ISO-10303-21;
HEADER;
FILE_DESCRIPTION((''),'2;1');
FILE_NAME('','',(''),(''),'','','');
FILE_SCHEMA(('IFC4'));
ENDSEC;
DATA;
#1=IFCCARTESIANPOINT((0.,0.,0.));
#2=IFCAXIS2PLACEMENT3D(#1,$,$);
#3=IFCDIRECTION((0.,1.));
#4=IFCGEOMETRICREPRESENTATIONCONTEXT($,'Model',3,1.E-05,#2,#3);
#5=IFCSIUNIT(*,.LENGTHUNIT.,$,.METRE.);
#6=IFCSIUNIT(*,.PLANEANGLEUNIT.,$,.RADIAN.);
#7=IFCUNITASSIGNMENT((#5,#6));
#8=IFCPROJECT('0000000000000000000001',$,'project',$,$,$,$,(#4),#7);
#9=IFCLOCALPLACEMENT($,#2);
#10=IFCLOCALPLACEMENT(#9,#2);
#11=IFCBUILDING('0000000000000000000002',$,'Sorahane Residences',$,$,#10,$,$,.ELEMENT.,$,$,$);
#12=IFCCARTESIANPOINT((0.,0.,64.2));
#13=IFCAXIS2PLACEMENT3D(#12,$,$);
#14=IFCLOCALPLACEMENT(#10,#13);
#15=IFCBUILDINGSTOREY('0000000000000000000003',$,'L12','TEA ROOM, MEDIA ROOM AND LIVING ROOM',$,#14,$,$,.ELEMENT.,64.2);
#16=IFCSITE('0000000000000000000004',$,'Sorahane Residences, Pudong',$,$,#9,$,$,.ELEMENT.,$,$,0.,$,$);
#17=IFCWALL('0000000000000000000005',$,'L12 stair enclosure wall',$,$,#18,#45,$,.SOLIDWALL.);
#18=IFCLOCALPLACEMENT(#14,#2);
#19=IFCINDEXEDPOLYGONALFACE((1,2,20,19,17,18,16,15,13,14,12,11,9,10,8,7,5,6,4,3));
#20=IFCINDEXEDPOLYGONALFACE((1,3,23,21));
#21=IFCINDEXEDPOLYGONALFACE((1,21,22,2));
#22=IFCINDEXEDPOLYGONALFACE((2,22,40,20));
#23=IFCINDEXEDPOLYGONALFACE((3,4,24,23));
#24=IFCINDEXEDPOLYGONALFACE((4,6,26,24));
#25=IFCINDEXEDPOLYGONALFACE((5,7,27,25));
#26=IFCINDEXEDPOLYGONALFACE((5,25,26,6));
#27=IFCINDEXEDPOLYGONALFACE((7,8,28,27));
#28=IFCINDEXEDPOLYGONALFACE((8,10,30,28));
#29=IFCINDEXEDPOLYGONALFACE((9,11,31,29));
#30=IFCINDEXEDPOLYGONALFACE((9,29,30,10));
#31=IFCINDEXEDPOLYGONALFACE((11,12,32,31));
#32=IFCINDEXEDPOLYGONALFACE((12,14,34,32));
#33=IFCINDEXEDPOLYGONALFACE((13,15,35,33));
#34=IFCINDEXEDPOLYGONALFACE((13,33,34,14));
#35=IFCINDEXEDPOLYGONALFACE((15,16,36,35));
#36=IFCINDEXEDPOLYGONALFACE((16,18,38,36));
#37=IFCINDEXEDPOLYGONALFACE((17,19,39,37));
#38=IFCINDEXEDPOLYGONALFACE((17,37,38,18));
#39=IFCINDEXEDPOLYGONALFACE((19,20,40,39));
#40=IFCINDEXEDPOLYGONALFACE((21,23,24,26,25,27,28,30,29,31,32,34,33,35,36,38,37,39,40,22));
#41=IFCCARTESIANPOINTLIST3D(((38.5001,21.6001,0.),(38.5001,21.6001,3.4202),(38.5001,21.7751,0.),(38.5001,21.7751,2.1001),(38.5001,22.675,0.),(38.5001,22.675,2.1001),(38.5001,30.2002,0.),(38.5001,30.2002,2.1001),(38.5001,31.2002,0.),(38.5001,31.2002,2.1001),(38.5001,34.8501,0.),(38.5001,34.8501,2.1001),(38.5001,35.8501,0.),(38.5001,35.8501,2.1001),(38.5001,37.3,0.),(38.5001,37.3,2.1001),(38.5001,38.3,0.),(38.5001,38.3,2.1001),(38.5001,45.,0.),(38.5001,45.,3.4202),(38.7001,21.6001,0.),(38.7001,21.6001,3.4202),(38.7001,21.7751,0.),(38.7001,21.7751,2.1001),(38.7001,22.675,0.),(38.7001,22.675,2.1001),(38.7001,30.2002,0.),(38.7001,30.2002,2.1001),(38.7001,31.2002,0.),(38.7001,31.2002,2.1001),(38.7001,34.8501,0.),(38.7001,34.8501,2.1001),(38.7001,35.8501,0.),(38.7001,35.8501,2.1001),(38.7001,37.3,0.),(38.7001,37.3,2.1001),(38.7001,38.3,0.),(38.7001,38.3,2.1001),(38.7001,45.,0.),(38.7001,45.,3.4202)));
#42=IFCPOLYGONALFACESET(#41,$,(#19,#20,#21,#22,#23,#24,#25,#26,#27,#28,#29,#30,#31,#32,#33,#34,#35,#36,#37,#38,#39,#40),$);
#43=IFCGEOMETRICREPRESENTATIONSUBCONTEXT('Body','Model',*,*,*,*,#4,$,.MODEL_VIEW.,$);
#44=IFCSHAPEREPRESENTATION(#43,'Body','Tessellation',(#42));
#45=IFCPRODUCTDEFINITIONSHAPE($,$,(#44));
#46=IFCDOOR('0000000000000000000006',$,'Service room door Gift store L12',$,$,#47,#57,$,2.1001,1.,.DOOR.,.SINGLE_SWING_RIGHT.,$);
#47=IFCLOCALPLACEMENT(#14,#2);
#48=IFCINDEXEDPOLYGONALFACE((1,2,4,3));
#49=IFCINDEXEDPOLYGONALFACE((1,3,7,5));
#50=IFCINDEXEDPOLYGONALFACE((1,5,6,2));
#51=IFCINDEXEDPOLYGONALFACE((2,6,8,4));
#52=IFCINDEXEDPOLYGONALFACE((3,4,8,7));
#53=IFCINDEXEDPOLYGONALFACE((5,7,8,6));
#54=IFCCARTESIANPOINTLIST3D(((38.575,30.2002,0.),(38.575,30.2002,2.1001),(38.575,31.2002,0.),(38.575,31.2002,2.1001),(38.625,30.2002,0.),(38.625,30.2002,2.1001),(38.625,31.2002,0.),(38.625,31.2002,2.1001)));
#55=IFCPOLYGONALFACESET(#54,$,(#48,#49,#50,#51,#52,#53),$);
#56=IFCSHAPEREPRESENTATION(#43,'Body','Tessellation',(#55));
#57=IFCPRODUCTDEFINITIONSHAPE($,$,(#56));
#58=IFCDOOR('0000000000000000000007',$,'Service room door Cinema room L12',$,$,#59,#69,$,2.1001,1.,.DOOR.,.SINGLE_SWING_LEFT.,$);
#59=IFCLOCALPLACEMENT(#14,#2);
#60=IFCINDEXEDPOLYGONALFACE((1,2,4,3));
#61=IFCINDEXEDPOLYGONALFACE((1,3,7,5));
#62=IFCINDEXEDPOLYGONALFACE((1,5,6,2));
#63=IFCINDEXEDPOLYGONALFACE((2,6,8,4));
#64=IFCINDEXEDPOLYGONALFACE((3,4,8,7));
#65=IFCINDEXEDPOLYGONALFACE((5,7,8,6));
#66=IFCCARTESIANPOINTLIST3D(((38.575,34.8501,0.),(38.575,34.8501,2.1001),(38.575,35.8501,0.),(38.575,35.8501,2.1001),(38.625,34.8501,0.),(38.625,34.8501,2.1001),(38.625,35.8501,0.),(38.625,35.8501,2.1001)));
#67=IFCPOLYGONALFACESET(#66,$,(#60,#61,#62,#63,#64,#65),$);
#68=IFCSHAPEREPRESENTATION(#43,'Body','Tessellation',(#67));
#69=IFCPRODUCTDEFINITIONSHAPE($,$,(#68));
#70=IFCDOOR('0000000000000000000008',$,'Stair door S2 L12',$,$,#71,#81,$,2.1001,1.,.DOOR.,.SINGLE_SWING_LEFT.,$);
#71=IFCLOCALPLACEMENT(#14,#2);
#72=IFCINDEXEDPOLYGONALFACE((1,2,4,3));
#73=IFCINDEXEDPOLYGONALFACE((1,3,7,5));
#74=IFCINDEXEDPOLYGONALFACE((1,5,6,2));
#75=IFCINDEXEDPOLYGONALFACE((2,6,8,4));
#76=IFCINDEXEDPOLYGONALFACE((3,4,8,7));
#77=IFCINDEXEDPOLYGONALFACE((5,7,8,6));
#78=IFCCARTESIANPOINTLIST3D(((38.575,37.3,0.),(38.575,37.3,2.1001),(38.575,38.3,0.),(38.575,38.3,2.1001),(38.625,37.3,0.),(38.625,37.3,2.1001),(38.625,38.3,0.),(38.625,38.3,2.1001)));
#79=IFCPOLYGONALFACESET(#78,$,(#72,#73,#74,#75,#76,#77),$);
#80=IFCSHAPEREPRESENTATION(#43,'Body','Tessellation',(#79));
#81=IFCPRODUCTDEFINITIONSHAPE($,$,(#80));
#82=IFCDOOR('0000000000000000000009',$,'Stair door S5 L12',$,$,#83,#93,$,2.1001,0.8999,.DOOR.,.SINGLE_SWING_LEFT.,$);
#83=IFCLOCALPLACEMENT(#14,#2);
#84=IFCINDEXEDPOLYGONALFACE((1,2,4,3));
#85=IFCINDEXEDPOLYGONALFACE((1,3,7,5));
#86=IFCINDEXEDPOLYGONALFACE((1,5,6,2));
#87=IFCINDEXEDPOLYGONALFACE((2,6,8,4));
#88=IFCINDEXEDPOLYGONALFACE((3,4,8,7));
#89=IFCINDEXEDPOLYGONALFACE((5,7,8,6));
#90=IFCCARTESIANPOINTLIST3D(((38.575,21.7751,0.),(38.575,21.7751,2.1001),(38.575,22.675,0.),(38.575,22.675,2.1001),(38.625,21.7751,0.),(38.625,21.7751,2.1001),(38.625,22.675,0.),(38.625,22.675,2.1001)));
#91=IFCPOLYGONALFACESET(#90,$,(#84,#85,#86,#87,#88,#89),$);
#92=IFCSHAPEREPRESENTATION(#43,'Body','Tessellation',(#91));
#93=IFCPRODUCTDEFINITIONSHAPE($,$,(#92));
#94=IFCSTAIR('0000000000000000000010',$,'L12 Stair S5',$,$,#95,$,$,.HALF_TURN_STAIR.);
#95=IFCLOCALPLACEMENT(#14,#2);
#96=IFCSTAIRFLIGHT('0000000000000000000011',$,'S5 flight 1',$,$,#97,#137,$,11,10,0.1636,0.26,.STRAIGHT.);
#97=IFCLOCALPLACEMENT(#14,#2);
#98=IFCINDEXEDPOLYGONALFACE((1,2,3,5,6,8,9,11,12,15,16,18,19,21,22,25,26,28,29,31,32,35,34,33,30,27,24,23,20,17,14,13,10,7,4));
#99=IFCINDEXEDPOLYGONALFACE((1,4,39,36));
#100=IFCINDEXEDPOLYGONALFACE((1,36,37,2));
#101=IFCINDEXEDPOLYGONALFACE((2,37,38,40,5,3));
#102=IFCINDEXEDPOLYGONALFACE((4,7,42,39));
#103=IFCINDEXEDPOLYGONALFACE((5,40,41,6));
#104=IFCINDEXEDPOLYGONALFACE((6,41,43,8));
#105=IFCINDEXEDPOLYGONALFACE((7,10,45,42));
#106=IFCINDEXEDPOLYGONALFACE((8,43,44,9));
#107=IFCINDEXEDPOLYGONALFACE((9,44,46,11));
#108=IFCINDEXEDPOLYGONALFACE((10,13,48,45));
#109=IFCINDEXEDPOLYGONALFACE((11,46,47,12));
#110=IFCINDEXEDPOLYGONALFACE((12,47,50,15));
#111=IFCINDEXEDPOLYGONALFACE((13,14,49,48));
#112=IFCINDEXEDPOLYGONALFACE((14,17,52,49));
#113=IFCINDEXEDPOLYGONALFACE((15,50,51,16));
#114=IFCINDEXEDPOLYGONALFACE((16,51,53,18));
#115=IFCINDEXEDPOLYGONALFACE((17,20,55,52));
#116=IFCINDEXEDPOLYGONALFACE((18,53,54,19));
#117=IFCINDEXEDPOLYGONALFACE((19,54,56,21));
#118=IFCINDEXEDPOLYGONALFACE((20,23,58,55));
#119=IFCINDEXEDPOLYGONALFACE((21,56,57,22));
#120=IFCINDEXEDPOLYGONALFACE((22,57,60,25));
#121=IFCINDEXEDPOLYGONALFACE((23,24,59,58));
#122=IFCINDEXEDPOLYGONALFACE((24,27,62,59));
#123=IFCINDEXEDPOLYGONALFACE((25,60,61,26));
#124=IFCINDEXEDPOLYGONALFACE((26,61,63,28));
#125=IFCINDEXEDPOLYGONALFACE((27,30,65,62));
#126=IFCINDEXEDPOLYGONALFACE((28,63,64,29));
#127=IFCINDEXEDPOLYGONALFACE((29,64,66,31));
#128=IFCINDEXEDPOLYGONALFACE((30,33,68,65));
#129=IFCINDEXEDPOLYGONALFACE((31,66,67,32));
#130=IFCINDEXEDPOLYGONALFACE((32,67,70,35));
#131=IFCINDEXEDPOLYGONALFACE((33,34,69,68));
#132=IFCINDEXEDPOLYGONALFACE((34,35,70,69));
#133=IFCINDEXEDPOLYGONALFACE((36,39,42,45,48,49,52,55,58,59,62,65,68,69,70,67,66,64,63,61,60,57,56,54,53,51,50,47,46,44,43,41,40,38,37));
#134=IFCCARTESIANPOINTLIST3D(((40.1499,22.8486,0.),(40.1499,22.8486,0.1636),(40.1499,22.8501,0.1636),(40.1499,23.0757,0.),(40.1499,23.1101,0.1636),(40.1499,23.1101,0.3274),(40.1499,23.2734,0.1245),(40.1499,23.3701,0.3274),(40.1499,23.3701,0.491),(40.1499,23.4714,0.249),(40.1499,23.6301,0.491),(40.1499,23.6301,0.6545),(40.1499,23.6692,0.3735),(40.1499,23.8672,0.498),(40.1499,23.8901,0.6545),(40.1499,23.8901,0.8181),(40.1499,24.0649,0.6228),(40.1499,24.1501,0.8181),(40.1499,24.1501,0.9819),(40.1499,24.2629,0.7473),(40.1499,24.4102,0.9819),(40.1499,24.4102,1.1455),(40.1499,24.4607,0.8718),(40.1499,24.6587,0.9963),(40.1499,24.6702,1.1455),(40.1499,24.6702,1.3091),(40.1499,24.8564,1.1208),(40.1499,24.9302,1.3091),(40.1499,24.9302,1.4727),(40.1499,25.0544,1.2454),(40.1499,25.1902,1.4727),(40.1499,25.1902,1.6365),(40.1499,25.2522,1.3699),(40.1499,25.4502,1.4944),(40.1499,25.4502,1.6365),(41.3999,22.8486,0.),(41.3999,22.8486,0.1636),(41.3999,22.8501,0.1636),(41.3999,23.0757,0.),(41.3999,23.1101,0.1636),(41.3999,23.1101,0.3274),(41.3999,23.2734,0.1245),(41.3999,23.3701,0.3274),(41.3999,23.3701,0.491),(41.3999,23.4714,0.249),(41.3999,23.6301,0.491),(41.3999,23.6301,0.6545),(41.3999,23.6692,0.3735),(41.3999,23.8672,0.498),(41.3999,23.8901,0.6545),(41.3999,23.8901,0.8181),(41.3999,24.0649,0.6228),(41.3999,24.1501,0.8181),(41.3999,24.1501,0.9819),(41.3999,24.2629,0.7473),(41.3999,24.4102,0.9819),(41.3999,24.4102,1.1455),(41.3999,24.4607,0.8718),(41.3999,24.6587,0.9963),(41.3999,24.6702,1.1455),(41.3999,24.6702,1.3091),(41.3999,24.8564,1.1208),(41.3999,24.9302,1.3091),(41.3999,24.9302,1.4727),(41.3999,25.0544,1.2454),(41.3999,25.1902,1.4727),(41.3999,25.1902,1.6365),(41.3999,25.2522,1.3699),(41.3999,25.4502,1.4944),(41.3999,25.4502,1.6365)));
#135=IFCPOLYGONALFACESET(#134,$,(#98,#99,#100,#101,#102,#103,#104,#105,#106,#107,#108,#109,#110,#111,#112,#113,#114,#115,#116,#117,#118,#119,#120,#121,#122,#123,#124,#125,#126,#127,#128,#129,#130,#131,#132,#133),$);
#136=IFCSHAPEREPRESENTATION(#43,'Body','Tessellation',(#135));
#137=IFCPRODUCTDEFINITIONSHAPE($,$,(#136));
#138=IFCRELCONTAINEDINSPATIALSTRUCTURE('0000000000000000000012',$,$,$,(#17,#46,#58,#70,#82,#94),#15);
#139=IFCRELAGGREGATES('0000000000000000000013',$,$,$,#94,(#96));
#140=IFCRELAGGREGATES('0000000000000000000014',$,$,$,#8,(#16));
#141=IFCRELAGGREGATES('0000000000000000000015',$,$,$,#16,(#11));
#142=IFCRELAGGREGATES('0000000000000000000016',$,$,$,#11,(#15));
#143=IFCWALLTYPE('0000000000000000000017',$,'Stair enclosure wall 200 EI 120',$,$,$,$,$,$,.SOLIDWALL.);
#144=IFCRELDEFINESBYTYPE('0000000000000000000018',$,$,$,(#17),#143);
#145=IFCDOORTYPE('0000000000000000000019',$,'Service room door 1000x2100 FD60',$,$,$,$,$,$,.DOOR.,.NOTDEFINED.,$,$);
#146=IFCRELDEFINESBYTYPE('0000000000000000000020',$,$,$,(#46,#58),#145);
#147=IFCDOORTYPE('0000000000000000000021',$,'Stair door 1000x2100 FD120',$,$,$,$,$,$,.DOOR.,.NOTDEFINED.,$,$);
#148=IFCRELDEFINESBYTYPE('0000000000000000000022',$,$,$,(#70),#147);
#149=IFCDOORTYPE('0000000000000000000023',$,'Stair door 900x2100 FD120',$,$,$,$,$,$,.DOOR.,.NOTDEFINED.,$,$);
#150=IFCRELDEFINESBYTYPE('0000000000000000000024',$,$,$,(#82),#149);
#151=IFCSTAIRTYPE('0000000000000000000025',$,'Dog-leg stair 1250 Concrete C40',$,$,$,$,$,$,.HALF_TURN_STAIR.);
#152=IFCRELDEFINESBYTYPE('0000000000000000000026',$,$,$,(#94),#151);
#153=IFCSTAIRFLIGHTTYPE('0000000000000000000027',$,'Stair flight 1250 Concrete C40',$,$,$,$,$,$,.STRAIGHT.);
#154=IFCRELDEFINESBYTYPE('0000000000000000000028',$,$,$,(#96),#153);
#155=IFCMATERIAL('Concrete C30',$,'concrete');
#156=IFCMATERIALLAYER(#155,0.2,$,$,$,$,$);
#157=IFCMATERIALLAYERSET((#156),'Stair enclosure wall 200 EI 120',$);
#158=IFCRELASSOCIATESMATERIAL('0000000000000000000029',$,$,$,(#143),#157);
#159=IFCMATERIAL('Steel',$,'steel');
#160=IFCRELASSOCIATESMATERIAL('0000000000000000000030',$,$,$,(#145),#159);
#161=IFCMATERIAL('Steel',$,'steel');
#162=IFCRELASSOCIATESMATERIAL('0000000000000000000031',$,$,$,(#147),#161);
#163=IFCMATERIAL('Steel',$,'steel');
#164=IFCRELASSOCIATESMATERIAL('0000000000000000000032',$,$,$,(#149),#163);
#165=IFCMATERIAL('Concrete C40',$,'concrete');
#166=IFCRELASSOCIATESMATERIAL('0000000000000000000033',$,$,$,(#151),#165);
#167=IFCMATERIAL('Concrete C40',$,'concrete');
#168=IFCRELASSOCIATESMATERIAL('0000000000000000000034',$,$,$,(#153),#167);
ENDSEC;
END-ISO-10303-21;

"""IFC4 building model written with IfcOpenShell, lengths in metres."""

from ifc_helpers import new_model, si_unit, direction, frame, frame_2d, origin, place, context, subcontext, project, spatial, polyline, rectangle, outline, extrude, material, layer, layer_set, type_object, element, fill, aggregate, save


model = new_model("IFC4")

# Units and contexts
model_context = context("Model", 3, precision=1e-05, world=origin(), true_north=direction((0.0, 1.0)))
body_context = subcontext(model_context, "Body", "Model", "MODEL_VIEW")
ifc_project = project(units=[si_unit("LENGTHUNIT", "METRE"), si_unit("PLANEANGLEUNIT", "RADIAN")], contexts=[model_context])

# Site, building, storey
site_placement = place(None, origin())
site = spatial("IfcSite", under=ifc_project, at=site_placement, Name="Sorahane Residences, Pudong", CompositionType="ELEMENT", RefElevation=0.0)
building_placement = place(site_placement, origin())
building = spatial("IfcBuilding", under=site, at=building_placement, Name="Sorahane Residences", CompositionType="ELEMENT")
storey_placement = place(building_placement, frame((0.0, 0.0, 64.2)))
storey = spatial("IfcBuildingStorey", under=building, at=storey_placement, Name="L12", Description="TEA ROOM, MEDIA ROOM AND LIVING ROOM", CompositionType="ELEMENT", Elevation=64.2)

# Wall, openings, doors
ifc_material_1 = material(Name="Concrete C30", Category="concrete")
ifc_layer_1 = layer(ifc_material_1, 0.2)
ifc_layer_set_1 = layer_set([ifc_layer_1], Name="Stair enclosure wall 200 EI 120")
wall_type_1 = type_object("IfcWallType", Name="Stair enclosure wall 200 EI 120", PredefinedType="SOLIDWALL", material=ifc_layer_set_1)
wall_1_placement = place(storey_placement, frame((38.6001, 21.6001, 0.0), z_axis=(0.0, 0.0, 1.0), x_axis=(0.0, 1.0, 0.0)))
wall_1 = element("IfcWall", 1, at=wall_1_placement, inside=storey, type_object=wall_type_1, Name="L12 stair enclosure wall", PredefinedType="SOLIDWALL", context=body_context, shape_type="SweptSolid", body=[
    extrude(rectangle(XDim=23.3999, YDim=0.2, at=frame_2d((11.7, 0.0))), origin(), (0.0, 0.0, 1.0), 3.4202),
])
opening_1_placement = place(wall_1_placement, frame((8.6001, 0.0, 0.0)))
opening_1 = element("IfcOpeningElement", 2, at=opening_1_placement, cuts=wall_1, PredefinedType="OPENING", context=body_context, shape_type="SweptSolid", body=[
    extrude(rectangle(XDim=1.0, YDim=2.1001, at=frame_2d((0.5, 1.05))), frame((0.0, 0.1099, 0.0), z_axis=(0.0, -1.0, 0.0), x_axis=(1.0, 0.0, 0.0)), (0.0, 0.0, 1.0), 0.22),
])
opening_2_placement = place(wall_1_placement, frame((13.25, 0.0, 0.0)))
opening_2 = element("IfcOpeningElement", 3, at=opening_2_placement, cuts=wall_1, PredefinedType="OPENING", context=body_context, shape_type="SweptSolid", body=[
    extrude(rectangle(XDim=1.0, YDim=2.1001, at=frame_2d((0.5, 1.05))), frame((0.0, 0.1099, 0.0), z_axis=(0.0, -1.0, 0.0), x_axis=(1.0, 0.0, 0.0)), (0.0, 0.0, 1.0), 0.22),
])
opening_3_placement = place(wall_1_placement, frame((15.7, 0.0, 0.0)))
opening_3 = element("IfcOpeningElement", 4, at=opening_3_placement, cuts=wall_1, PredefinedType="OPENING", context=body_context, shape_type="SweptSolid", body=[
    extrude(rectangle(XDim=1.0, YDim=2.1001, at=frame_2d((0.5, 1.05))), frame((0.0, 0.1099, 0.0), z_axis=(0.0, -1.0, 0.0), x_axis=(1.0, 0.0, 0.0)), (0.0, 0.0, 1.0), 0.22),
])
opening_4_placement = place(wall_1_placement, frame((0.175, 0.0, 0.0)))
opening_4 = element("IfcOpeningElement", 5, at=opening_4_placement, cuts=wall_1, PredefinedType="OPENING", context=body_context, shape_type="SweptSolid", body=[
    extrude(rectangle(XDim=0.8999, YDim=2.1001, at=frame_2d((0.45, 1.05))), frame((0.0, 0.1099, 0.0), z_axis=(0.0, -1.0, 0.0), x_axis=(1.0, 0.0, 0.0)), (0.0, 0.0, 1.0), 0.22),
])
ifc_material_2 = material(Name="Steel", Category="steel")
door_type_1 = type_object("IfcDoorType", Name="Service room door 1000x2100 FD60", OperationType="NOTDEFINED", PredefinedType="DOOR", material=ifc_material_2)
door_1_placement = place(opening_1_placement, frame((1.0, 0.0, 0.0), z_axis=(0.0, 0.0, 1.0), x_axis=(-1.0, 0.0, 0.0)))
door_1 = element("IfcDoor", 6, at=door_1_placement, inside=storey, type_object=door_type_1, Name="Service room door Gift store L12", OperationType="SINGLE_SWING_RIGHT", OverallHeight=2.1001, OverallWidth=1.0, PredefinedType="DOOR", context=body_context, shape_type="SweptSolid", body=[
    extrude(rectangle(XDim=1.0, YDim=2.1001, at=frame_2d((0.5, 1.05))), frame((0.0, 0.0249, 0.0), z_axis=(0.0, -1.0, 0.0), x_axis=(1.0, 0.0, 0.0)), (0.0, 0.0, 1.0), 0.05),
])
fill(opening_1, door_1)
door_2_placement = place(opening_2_placement, frame((1.0, 0.0, 0.0), z_axis=(0.0, 0.0, 1.0), x_axis=(-1.0, 0.0, 0.0)))
door_2 = element("IfcDoor", 7, at=door_2_placement, inside=storey, type_object=door_type_1, Name="Service room door Cinema room L12", OperationType="SINGLE_SWING_LEFT", OverallHeight=2.1001, OverallWidth=1.0, PredefinedType="DOOR", context=body_context, shape_type="SweptSolid", body=[
    extrude(rectangle(XDim=1.0, YDim=2.1001, at=frame_2d((0.5, 1.05))), frame((0.0, 0.0249, 0.0), z_axis=(0.0, -1.0, 0.0), x_axis=(1.0, 0.0, 0.0)), (0.0, 0.0, 1.0), 0.05),
])
fill(opening_2, door_2)
ifc_material_3 = material(Name="Steel", Category="steel")
door_type_2 = type_object("IfcDoorType", Name="Stair door 1000x2100 FD120", OperationType="NOTDEFINED", PredefinedType="DOOR", material=ifc_material_3)
door_3_placement = place(opening_3_placement, frame((1.0, 0.0, 0.0), z_axis=(0.0, 0.0, 1.0), x_axis=(-1.0, 0.0, 0.0)))
door_3 = element("IfcDoor", 8, at=door_3_placement, inside=storey, type_object=door_type_2, Name="Stair door S2 L12", OperationType="SINGLE_SWING_LEFT", OverallHeight=2.1001, OverallWidth=1.0, PredefinedType="DOOR", context=body_context, shape_type="SweptSolid", body=[
    extrude(rectangle(XDim=1.0, YDim=2.1001, at=frame_2d((0.5, 1.05))), frame((0.0, 0.0249, 0.0), z_axis=(0.0, -1.0, 0.0), x_axis=(1.0, 0.0, 0.0)), (0.0, 0.0, 1.0), 0.05),
])
fill(opening_3, door_3)
ifc_material_4 = material(Name="Steel", Category="steel")
door_type_3 = type_object("IfcDoorType", Name="Stair door 900x2100 FD120", OperationType="NOTDEFINED", PredefinedType="DOOR", material=ifc_material_4)
door_4_placement = place(opening_4_placement, frame((0.8999, 0.0, 0.0), z_axis=(0.0, 0.0, 1.0), x_axis=(-1.0, 0.0, 0.0)))
door_4 = element("IfcDoor", 9, at=door_4_placement, inside=storey, type_object=door_type_3, Name="Stair door S5 L12", OperationType="SINGLE_SWING_LEFT", OverallHeight=2.1001, OverallWidth=0.8999, PredefinedType="DOOR", context=body_context, shape_type="SweptSolid", body=[
    extrude(rectangle(XDim=0.8999, YDim=2.1001, at=frame_2d((0.45, 1.05))), frame((0.0, 0.0249, 0.0), z_axis=(0.0, -1.0, 0.0), x_axis=(1.0, 0.0, 0.0)), (0.0, 0.0, 1.0), 0.05),
])
fill(opening_4, door_4)

# Stair, stair flight
ifc_material_5 = material(Name="Concrete C40", Category="concrete")
stair_type = type_object("IfcStairType", Name="Dog-leg stair 1250 Concrete C40", PredefinedType="HALF_TURN_STAIR", material=ifc_material_5)
stair_placement = place(storey_placement, origin())
stair = element("IfcStair", 10, at=stair_placement, inside=storey, type_object=stair_type, Name="L12 Stair S5", PredefinedType="HALF_TURN_STAIR")
ifc_material_6 = material(Name="Concrete C40", Category="concrete")
stair_flight_type = type_object("IfcStairFlightType", Name="Stair flight 1250 Concrete C40", PredefinedType="STRAIGHT", material=ifc_material_6)
stair_flight_placement = place(storey_placement, frame((40.7749, 22.8501, 0.0), z_axis=(0.0, 0.0, 1.0), x_axis=(0.0, 1.0, 0.0)))
stair_flight = element("IfcStairFlight", 11, at=stair_flight_placement, type_object=stair_flight_type, Name="S5 flight 1", NumberOfRisers=11, NumberOfTreads=10, PredefinedType="STRAIGHT", RiserHeight=0.1636, TreadLength=0.26, context=body_context, shape_type="SweptSolid", body=[
    extrude(outline(polyline([(-0.0015, 0.0), (-0.0015, 0.1636), (0.0, 0.1636), (0.26, 0.1636), (0.26, 0.3274), (0.52, 0.3274), (0.52, 0.491), (0.78, 0.491), (0.78, 0.6545), (1.04, 0.6545), (1.04, 0.8181), (1.3, 0.8181), (1.3, 0.9819), (1.5601, 0.9819), (1.5601, 1.1455), (1.8201, 1.1455), (1.8201, 1.3091), (2.0801, 1.3091), (2.0801, 1.4727), (2.3401, 1.4727), (2.3401, 1.6365), (2.6001, 1.6365), (2.6001, 1.8), (2.6001, 1.4944), (2.4021, 1.3699), (2.2043, 1.2454), (2.0063, 1.1208), (1.8086, 0.9963), (1.6106, 0.8718), (1.4128, 0.7473), (1.2148, 0.6228), (1.0171, 0.498), (0.8191, 0.3735), (0.6213, 0.249), (0.4233, 0.1245), (0.2256, 0.0), (-0.0015, 0.0)])), frame((0.0, 0.625, 0.0), z_axis=(0.0, -1.0, 0.0), x_axis=(1.0, 0.0, 0.0)), (0.0, 0.0, 1.0), 1.25),
])
aggregate(stair, [stair_flight])

save(model, "model.ifc")
